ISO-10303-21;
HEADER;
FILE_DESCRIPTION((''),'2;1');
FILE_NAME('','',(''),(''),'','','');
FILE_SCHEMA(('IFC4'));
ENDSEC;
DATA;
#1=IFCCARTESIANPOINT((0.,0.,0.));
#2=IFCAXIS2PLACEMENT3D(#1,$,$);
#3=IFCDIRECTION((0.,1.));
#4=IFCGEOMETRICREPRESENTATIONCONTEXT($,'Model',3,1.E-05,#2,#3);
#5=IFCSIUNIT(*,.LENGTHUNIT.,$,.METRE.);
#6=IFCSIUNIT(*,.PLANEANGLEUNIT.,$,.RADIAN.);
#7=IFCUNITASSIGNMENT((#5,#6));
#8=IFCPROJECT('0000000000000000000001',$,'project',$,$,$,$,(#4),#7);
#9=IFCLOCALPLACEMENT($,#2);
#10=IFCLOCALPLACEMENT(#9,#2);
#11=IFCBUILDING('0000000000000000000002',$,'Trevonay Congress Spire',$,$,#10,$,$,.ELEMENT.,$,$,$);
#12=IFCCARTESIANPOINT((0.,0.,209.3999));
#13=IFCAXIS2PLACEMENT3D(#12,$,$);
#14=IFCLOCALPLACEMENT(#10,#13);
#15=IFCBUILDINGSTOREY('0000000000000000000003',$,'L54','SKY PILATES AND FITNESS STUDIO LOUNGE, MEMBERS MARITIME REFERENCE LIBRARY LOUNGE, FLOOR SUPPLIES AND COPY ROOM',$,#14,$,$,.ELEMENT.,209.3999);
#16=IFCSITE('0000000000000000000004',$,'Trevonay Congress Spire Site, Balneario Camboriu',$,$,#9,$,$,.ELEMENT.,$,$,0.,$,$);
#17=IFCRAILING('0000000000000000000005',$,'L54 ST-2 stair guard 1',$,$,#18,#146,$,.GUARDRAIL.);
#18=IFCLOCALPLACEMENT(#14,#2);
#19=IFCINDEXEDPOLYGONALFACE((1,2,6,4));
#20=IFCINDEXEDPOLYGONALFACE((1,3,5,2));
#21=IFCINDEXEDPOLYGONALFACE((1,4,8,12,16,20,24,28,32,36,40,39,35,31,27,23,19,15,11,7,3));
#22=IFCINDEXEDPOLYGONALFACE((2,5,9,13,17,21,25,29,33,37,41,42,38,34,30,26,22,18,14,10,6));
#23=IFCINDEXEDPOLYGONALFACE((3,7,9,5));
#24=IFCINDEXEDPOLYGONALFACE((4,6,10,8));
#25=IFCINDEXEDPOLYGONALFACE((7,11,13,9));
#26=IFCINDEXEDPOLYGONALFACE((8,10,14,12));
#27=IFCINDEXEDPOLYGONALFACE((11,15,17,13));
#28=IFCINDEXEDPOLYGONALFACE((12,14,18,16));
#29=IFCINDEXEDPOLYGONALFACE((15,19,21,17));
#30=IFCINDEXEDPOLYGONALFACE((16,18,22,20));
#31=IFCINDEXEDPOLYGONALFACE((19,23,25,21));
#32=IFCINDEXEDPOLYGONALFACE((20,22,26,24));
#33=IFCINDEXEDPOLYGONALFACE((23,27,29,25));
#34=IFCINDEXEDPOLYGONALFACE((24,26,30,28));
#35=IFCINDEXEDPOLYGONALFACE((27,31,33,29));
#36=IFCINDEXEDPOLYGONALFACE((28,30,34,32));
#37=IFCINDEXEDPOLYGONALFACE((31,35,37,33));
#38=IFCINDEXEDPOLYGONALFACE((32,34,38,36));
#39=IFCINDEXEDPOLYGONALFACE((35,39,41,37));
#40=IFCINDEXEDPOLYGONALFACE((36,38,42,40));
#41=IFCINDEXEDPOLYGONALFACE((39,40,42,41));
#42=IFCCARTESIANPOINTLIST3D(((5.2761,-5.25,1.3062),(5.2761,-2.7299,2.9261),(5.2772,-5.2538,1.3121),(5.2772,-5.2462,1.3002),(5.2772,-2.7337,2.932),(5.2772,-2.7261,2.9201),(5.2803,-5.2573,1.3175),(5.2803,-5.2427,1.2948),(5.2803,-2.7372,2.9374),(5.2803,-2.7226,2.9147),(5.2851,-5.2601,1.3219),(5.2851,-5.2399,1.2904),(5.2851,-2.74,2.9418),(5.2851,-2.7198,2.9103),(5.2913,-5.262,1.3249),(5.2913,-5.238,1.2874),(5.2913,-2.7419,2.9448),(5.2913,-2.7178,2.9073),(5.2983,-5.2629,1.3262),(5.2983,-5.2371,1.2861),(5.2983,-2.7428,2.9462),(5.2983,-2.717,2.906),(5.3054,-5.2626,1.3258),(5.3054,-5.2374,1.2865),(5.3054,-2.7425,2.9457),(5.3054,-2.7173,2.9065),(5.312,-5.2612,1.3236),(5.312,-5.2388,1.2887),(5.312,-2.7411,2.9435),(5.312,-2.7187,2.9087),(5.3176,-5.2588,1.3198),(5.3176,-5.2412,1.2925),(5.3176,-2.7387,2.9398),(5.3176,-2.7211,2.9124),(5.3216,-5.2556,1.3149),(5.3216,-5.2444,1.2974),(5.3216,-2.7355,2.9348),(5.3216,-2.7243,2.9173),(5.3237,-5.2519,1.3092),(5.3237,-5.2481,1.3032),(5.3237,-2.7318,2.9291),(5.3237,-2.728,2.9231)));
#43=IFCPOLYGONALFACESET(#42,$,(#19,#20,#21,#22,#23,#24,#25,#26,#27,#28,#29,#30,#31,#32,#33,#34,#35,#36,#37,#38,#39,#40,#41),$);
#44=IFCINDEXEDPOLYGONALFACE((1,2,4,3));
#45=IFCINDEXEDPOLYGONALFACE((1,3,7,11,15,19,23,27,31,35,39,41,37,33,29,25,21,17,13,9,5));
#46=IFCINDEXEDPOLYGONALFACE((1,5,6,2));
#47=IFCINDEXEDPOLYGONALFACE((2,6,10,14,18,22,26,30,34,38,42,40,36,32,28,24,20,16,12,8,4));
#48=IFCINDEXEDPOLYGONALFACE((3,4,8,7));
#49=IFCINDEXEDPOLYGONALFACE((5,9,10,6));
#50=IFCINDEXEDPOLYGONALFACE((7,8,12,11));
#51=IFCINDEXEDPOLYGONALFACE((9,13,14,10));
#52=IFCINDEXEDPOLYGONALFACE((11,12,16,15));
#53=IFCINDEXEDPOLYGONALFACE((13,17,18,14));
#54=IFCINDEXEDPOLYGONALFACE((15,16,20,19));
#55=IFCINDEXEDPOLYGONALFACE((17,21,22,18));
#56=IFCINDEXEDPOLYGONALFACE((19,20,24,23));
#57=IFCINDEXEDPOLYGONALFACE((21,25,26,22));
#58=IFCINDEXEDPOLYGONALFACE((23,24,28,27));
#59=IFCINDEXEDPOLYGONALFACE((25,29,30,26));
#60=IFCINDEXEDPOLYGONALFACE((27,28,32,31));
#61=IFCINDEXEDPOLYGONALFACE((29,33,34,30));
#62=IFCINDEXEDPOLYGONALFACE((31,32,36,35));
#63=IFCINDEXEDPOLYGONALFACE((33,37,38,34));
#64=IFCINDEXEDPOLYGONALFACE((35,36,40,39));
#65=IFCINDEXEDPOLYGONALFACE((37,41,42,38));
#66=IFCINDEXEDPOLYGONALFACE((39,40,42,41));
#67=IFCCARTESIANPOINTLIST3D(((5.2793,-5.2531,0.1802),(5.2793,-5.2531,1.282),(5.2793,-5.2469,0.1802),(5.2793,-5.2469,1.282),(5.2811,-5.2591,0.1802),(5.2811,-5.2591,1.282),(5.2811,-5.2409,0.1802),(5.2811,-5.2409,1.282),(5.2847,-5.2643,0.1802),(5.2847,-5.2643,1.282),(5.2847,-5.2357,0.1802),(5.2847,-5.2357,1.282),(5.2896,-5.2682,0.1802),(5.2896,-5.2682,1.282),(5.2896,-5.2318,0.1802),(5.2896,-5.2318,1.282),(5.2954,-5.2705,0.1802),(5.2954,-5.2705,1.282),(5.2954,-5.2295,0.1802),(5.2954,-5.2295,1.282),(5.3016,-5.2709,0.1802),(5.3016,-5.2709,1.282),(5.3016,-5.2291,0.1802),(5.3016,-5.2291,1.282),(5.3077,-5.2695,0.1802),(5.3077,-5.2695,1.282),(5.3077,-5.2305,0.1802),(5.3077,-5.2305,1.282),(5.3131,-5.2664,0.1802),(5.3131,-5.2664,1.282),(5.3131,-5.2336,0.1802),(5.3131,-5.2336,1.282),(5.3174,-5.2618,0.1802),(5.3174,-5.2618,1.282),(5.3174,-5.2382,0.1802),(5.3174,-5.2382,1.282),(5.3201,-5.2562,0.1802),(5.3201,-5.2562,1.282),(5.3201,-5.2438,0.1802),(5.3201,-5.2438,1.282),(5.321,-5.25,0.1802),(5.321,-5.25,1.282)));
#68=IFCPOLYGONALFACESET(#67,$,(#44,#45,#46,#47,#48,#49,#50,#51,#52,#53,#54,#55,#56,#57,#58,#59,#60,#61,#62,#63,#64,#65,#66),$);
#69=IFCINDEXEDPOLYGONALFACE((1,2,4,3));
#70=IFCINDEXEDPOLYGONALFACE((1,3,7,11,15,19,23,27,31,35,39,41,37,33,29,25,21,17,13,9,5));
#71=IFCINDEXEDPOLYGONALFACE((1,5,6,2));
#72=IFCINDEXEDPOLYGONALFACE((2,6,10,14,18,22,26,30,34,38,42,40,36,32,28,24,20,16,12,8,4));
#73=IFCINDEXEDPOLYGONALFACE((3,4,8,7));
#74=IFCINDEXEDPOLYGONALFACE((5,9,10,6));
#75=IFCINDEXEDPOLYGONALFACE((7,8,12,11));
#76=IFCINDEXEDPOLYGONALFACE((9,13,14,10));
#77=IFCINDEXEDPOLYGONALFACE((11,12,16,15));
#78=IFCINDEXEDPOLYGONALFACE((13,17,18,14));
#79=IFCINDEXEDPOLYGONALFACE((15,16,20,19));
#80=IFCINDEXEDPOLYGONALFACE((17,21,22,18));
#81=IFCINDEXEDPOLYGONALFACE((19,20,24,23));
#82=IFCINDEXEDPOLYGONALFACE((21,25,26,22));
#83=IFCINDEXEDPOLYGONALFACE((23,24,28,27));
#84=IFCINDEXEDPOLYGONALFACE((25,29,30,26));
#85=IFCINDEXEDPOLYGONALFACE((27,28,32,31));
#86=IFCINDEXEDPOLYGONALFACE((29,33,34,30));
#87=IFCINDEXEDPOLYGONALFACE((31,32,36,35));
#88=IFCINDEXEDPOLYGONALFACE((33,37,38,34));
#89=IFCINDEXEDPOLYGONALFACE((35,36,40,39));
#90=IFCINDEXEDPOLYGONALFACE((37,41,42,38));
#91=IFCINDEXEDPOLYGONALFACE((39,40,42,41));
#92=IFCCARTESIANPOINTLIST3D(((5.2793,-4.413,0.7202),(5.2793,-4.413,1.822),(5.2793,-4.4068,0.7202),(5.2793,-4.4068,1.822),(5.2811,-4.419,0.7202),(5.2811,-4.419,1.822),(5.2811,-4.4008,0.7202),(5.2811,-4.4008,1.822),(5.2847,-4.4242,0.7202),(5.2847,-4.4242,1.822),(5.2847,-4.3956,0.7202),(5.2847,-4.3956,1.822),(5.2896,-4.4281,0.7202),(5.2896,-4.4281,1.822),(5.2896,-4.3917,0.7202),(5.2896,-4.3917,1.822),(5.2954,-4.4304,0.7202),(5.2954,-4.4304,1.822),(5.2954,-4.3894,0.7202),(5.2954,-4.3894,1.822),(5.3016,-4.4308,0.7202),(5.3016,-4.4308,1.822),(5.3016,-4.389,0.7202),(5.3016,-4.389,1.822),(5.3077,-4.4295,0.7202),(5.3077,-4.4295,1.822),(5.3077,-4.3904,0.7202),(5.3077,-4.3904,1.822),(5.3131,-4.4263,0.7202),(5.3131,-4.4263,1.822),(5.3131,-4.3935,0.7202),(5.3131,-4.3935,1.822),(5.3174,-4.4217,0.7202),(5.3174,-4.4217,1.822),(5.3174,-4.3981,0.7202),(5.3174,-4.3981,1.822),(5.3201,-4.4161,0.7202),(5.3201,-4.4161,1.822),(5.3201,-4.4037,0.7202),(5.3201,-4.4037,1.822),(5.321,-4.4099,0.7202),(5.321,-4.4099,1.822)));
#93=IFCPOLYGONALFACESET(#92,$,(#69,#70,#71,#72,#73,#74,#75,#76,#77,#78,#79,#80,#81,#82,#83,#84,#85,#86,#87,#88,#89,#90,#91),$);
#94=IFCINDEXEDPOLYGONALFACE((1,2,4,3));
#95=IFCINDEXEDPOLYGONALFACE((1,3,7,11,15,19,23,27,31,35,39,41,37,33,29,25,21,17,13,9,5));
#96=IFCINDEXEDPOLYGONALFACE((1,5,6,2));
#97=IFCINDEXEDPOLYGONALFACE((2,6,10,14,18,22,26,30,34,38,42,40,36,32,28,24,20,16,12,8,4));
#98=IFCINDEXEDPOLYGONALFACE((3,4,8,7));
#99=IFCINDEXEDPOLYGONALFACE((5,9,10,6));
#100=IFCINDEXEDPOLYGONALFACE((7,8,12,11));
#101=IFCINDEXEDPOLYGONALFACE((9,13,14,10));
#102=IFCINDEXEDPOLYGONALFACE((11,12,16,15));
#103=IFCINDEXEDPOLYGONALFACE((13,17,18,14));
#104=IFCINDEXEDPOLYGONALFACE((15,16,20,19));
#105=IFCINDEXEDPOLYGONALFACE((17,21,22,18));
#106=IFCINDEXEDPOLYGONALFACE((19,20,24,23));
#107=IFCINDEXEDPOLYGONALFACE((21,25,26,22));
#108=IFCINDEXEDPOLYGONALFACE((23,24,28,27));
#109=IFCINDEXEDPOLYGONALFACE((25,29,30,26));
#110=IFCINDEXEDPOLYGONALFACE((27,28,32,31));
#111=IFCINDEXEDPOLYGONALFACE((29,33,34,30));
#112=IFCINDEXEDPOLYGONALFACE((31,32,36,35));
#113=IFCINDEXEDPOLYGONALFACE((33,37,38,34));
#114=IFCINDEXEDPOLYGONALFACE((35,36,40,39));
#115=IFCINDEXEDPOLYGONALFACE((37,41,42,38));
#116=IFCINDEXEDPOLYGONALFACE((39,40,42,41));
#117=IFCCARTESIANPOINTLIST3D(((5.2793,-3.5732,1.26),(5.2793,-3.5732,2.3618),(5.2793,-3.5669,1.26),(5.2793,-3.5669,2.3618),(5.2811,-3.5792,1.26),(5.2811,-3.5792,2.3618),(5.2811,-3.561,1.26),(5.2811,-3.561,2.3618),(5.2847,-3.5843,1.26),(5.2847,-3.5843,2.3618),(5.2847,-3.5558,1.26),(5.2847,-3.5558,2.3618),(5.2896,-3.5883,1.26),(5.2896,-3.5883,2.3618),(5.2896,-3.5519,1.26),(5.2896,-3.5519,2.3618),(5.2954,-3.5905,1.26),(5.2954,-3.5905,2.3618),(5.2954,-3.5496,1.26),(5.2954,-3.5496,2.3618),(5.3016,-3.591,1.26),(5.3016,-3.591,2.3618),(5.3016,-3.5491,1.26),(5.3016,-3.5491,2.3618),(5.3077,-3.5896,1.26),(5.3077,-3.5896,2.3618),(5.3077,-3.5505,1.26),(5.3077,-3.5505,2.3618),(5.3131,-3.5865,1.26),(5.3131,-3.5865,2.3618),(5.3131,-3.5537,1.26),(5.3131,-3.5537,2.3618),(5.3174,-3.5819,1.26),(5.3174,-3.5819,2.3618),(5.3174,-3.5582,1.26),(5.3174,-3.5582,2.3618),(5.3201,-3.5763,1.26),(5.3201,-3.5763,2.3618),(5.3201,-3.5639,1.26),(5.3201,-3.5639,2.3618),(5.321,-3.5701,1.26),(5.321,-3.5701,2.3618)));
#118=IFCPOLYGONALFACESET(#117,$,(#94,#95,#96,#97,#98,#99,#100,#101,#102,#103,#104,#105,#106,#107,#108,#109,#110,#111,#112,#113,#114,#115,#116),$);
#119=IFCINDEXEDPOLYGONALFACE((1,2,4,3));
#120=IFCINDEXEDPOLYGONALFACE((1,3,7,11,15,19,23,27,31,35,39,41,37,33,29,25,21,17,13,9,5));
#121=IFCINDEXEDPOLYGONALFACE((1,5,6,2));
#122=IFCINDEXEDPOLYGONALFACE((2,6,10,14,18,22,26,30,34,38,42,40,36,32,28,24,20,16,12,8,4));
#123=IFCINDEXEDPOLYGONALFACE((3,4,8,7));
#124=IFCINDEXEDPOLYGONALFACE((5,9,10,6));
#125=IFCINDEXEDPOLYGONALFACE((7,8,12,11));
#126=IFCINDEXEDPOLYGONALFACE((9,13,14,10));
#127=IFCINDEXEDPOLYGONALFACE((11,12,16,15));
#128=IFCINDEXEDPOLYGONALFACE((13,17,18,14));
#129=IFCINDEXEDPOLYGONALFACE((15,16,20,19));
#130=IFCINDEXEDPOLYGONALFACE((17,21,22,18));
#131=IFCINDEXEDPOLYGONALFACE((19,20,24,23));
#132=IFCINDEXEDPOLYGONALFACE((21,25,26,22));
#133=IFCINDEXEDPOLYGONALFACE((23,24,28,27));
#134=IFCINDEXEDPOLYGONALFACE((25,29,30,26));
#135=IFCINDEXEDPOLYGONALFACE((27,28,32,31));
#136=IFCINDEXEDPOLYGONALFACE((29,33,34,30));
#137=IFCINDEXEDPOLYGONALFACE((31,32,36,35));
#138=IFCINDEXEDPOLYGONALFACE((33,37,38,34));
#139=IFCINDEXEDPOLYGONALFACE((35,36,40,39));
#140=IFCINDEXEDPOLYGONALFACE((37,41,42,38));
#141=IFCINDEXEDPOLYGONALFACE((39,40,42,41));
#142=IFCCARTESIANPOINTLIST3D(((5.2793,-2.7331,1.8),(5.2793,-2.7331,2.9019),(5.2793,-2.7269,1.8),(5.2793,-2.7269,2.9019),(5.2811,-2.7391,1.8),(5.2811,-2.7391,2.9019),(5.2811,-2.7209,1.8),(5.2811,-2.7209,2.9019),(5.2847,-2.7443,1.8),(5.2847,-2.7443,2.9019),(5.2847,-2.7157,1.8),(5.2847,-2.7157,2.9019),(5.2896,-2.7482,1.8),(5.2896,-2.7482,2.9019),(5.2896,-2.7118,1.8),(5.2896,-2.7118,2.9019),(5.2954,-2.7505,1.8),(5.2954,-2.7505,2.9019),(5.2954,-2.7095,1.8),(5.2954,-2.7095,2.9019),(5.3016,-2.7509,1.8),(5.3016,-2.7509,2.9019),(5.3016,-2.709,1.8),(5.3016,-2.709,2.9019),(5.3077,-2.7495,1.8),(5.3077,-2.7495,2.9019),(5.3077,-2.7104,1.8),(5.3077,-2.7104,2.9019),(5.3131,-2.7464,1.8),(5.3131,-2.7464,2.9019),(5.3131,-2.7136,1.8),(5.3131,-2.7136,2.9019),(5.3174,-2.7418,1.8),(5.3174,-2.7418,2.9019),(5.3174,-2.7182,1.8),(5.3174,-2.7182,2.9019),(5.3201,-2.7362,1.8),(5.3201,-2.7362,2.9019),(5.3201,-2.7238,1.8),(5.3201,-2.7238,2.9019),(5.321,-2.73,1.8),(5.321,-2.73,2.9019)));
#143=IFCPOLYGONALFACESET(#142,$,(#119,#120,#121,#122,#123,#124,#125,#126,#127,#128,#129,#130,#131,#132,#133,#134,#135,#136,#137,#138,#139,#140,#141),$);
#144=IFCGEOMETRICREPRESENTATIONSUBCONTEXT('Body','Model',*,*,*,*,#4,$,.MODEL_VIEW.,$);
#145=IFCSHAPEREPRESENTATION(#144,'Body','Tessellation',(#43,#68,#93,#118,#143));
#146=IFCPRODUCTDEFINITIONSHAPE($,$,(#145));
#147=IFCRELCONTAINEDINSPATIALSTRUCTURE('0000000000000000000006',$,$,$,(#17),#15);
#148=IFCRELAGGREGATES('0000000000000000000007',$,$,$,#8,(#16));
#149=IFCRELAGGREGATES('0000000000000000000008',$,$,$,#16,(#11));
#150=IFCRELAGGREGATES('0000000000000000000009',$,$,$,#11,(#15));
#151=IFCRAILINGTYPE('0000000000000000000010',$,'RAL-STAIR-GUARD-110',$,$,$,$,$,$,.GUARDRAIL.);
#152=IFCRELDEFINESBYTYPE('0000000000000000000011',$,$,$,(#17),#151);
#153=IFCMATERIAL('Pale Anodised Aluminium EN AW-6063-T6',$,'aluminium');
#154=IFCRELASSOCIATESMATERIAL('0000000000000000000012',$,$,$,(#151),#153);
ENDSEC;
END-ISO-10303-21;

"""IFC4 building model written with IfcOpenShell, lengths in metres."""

from ifc_helpers import new_model, si_unit, direction, frame, origin, origin_2d, place, context, subcontext, project, spatial, circle, extrude, material, type_object, element, save


model = new_model("IFC4")

# Units and contexts
model_context = context("Model", 3, precision=1e-05, world=origin(), true_north=direction((0.0, 1.0)))
body_context = subcontext(model_context, "Body", "Model", "MODEL_VIEW")
ifc_project = project(units=[si_unit("LENGTHUNIT", "METRE"), si_unit("PLANEANGLEUNIT", "RADIAN")], contexts=[model_context])

# Site, building, storey
site_placement = place(None, origin())
site = spatial("IfcSite", under=ifc_project, at=site_placement, Name="Trevonay Congress Spire Site, Balneario Camboriu", CompositionType="ELEMENT", RefElevation=0.0)
building_placement = place(site_placement, origin())
building = spatial("IfcBuilding", under=site, at=building_placement, Name="Trevonay Congress Spire", CompositionType="ELEMENT")
storey_placement = place(building_placement, frame((0.0, 0.0, 209.3999)))
storey = spatial("IfcBuildingStorey", under=building, at=storey_placement, Name="L54", Description="SKY PILATES AND FITNESS STUDIO LOUNGE, MEMBERS MARITIME REFERENCE LIBRARY LOUNGE, FLOOR SUPPLIES AND COPY ROOM", CompositionType="ELEMENT", Elevation=209.3999)

# Shared definitions
ifc_material_1 = material(Name="Pale Anodised Aluminium EN AW-6063-T6", Category="aluminium")

# Railing
railing_type_1 = type_object("IfcRailingType", Name="RAL-STAIR-GUARD-110", PredefinedType="GUARDRAIL", material=ifc_material_1)
railing_1_placement = place(storey_placement, frame((5.3, -5.25, 0.1802)))
element("IfcRailing", 1, at=railing_1_placement, inside=storey, type_object=railing_type_1, Name="L54 ST-2 stair guard 1", PredefinedType="GUARDRAIL", context=body_context, shape_type="SweptSolid", body=[
    extrude(circle(Radius=0.0239, at=origin_2d()), frame((0.0, 0.0, 1.126), z_axis=(0.0, 0.8412, 0.540725), x_axis=(-1.0, 0.0, 0.0)), (0.0, 0.0, 1.0), 2.9958),
    extrude(circle(Radius=0.021, at=origin_2d()), origin(), (0.0, 0.0, 1.0), 1.1018),
    extrude(circle(Radius=0.021, at=origin_2d()), frame((0.0, 0.8401, 0.54)), (0.0, 0.0, 1.0), 1.1018),
    extrude(circle(Radius=0.021, at=origin_2d()), frame((0.0, 1.6799, 1.0798)), (0.0, 0.0, 1.0), 1.1018),
    extrude(circle(Radius=0.021, at=origin_2d()), frame((0.0, 2.52, 1.6199)), (0.0, 0.0, 1.0), 1.1018),
])

save(model, "model.ifc")
